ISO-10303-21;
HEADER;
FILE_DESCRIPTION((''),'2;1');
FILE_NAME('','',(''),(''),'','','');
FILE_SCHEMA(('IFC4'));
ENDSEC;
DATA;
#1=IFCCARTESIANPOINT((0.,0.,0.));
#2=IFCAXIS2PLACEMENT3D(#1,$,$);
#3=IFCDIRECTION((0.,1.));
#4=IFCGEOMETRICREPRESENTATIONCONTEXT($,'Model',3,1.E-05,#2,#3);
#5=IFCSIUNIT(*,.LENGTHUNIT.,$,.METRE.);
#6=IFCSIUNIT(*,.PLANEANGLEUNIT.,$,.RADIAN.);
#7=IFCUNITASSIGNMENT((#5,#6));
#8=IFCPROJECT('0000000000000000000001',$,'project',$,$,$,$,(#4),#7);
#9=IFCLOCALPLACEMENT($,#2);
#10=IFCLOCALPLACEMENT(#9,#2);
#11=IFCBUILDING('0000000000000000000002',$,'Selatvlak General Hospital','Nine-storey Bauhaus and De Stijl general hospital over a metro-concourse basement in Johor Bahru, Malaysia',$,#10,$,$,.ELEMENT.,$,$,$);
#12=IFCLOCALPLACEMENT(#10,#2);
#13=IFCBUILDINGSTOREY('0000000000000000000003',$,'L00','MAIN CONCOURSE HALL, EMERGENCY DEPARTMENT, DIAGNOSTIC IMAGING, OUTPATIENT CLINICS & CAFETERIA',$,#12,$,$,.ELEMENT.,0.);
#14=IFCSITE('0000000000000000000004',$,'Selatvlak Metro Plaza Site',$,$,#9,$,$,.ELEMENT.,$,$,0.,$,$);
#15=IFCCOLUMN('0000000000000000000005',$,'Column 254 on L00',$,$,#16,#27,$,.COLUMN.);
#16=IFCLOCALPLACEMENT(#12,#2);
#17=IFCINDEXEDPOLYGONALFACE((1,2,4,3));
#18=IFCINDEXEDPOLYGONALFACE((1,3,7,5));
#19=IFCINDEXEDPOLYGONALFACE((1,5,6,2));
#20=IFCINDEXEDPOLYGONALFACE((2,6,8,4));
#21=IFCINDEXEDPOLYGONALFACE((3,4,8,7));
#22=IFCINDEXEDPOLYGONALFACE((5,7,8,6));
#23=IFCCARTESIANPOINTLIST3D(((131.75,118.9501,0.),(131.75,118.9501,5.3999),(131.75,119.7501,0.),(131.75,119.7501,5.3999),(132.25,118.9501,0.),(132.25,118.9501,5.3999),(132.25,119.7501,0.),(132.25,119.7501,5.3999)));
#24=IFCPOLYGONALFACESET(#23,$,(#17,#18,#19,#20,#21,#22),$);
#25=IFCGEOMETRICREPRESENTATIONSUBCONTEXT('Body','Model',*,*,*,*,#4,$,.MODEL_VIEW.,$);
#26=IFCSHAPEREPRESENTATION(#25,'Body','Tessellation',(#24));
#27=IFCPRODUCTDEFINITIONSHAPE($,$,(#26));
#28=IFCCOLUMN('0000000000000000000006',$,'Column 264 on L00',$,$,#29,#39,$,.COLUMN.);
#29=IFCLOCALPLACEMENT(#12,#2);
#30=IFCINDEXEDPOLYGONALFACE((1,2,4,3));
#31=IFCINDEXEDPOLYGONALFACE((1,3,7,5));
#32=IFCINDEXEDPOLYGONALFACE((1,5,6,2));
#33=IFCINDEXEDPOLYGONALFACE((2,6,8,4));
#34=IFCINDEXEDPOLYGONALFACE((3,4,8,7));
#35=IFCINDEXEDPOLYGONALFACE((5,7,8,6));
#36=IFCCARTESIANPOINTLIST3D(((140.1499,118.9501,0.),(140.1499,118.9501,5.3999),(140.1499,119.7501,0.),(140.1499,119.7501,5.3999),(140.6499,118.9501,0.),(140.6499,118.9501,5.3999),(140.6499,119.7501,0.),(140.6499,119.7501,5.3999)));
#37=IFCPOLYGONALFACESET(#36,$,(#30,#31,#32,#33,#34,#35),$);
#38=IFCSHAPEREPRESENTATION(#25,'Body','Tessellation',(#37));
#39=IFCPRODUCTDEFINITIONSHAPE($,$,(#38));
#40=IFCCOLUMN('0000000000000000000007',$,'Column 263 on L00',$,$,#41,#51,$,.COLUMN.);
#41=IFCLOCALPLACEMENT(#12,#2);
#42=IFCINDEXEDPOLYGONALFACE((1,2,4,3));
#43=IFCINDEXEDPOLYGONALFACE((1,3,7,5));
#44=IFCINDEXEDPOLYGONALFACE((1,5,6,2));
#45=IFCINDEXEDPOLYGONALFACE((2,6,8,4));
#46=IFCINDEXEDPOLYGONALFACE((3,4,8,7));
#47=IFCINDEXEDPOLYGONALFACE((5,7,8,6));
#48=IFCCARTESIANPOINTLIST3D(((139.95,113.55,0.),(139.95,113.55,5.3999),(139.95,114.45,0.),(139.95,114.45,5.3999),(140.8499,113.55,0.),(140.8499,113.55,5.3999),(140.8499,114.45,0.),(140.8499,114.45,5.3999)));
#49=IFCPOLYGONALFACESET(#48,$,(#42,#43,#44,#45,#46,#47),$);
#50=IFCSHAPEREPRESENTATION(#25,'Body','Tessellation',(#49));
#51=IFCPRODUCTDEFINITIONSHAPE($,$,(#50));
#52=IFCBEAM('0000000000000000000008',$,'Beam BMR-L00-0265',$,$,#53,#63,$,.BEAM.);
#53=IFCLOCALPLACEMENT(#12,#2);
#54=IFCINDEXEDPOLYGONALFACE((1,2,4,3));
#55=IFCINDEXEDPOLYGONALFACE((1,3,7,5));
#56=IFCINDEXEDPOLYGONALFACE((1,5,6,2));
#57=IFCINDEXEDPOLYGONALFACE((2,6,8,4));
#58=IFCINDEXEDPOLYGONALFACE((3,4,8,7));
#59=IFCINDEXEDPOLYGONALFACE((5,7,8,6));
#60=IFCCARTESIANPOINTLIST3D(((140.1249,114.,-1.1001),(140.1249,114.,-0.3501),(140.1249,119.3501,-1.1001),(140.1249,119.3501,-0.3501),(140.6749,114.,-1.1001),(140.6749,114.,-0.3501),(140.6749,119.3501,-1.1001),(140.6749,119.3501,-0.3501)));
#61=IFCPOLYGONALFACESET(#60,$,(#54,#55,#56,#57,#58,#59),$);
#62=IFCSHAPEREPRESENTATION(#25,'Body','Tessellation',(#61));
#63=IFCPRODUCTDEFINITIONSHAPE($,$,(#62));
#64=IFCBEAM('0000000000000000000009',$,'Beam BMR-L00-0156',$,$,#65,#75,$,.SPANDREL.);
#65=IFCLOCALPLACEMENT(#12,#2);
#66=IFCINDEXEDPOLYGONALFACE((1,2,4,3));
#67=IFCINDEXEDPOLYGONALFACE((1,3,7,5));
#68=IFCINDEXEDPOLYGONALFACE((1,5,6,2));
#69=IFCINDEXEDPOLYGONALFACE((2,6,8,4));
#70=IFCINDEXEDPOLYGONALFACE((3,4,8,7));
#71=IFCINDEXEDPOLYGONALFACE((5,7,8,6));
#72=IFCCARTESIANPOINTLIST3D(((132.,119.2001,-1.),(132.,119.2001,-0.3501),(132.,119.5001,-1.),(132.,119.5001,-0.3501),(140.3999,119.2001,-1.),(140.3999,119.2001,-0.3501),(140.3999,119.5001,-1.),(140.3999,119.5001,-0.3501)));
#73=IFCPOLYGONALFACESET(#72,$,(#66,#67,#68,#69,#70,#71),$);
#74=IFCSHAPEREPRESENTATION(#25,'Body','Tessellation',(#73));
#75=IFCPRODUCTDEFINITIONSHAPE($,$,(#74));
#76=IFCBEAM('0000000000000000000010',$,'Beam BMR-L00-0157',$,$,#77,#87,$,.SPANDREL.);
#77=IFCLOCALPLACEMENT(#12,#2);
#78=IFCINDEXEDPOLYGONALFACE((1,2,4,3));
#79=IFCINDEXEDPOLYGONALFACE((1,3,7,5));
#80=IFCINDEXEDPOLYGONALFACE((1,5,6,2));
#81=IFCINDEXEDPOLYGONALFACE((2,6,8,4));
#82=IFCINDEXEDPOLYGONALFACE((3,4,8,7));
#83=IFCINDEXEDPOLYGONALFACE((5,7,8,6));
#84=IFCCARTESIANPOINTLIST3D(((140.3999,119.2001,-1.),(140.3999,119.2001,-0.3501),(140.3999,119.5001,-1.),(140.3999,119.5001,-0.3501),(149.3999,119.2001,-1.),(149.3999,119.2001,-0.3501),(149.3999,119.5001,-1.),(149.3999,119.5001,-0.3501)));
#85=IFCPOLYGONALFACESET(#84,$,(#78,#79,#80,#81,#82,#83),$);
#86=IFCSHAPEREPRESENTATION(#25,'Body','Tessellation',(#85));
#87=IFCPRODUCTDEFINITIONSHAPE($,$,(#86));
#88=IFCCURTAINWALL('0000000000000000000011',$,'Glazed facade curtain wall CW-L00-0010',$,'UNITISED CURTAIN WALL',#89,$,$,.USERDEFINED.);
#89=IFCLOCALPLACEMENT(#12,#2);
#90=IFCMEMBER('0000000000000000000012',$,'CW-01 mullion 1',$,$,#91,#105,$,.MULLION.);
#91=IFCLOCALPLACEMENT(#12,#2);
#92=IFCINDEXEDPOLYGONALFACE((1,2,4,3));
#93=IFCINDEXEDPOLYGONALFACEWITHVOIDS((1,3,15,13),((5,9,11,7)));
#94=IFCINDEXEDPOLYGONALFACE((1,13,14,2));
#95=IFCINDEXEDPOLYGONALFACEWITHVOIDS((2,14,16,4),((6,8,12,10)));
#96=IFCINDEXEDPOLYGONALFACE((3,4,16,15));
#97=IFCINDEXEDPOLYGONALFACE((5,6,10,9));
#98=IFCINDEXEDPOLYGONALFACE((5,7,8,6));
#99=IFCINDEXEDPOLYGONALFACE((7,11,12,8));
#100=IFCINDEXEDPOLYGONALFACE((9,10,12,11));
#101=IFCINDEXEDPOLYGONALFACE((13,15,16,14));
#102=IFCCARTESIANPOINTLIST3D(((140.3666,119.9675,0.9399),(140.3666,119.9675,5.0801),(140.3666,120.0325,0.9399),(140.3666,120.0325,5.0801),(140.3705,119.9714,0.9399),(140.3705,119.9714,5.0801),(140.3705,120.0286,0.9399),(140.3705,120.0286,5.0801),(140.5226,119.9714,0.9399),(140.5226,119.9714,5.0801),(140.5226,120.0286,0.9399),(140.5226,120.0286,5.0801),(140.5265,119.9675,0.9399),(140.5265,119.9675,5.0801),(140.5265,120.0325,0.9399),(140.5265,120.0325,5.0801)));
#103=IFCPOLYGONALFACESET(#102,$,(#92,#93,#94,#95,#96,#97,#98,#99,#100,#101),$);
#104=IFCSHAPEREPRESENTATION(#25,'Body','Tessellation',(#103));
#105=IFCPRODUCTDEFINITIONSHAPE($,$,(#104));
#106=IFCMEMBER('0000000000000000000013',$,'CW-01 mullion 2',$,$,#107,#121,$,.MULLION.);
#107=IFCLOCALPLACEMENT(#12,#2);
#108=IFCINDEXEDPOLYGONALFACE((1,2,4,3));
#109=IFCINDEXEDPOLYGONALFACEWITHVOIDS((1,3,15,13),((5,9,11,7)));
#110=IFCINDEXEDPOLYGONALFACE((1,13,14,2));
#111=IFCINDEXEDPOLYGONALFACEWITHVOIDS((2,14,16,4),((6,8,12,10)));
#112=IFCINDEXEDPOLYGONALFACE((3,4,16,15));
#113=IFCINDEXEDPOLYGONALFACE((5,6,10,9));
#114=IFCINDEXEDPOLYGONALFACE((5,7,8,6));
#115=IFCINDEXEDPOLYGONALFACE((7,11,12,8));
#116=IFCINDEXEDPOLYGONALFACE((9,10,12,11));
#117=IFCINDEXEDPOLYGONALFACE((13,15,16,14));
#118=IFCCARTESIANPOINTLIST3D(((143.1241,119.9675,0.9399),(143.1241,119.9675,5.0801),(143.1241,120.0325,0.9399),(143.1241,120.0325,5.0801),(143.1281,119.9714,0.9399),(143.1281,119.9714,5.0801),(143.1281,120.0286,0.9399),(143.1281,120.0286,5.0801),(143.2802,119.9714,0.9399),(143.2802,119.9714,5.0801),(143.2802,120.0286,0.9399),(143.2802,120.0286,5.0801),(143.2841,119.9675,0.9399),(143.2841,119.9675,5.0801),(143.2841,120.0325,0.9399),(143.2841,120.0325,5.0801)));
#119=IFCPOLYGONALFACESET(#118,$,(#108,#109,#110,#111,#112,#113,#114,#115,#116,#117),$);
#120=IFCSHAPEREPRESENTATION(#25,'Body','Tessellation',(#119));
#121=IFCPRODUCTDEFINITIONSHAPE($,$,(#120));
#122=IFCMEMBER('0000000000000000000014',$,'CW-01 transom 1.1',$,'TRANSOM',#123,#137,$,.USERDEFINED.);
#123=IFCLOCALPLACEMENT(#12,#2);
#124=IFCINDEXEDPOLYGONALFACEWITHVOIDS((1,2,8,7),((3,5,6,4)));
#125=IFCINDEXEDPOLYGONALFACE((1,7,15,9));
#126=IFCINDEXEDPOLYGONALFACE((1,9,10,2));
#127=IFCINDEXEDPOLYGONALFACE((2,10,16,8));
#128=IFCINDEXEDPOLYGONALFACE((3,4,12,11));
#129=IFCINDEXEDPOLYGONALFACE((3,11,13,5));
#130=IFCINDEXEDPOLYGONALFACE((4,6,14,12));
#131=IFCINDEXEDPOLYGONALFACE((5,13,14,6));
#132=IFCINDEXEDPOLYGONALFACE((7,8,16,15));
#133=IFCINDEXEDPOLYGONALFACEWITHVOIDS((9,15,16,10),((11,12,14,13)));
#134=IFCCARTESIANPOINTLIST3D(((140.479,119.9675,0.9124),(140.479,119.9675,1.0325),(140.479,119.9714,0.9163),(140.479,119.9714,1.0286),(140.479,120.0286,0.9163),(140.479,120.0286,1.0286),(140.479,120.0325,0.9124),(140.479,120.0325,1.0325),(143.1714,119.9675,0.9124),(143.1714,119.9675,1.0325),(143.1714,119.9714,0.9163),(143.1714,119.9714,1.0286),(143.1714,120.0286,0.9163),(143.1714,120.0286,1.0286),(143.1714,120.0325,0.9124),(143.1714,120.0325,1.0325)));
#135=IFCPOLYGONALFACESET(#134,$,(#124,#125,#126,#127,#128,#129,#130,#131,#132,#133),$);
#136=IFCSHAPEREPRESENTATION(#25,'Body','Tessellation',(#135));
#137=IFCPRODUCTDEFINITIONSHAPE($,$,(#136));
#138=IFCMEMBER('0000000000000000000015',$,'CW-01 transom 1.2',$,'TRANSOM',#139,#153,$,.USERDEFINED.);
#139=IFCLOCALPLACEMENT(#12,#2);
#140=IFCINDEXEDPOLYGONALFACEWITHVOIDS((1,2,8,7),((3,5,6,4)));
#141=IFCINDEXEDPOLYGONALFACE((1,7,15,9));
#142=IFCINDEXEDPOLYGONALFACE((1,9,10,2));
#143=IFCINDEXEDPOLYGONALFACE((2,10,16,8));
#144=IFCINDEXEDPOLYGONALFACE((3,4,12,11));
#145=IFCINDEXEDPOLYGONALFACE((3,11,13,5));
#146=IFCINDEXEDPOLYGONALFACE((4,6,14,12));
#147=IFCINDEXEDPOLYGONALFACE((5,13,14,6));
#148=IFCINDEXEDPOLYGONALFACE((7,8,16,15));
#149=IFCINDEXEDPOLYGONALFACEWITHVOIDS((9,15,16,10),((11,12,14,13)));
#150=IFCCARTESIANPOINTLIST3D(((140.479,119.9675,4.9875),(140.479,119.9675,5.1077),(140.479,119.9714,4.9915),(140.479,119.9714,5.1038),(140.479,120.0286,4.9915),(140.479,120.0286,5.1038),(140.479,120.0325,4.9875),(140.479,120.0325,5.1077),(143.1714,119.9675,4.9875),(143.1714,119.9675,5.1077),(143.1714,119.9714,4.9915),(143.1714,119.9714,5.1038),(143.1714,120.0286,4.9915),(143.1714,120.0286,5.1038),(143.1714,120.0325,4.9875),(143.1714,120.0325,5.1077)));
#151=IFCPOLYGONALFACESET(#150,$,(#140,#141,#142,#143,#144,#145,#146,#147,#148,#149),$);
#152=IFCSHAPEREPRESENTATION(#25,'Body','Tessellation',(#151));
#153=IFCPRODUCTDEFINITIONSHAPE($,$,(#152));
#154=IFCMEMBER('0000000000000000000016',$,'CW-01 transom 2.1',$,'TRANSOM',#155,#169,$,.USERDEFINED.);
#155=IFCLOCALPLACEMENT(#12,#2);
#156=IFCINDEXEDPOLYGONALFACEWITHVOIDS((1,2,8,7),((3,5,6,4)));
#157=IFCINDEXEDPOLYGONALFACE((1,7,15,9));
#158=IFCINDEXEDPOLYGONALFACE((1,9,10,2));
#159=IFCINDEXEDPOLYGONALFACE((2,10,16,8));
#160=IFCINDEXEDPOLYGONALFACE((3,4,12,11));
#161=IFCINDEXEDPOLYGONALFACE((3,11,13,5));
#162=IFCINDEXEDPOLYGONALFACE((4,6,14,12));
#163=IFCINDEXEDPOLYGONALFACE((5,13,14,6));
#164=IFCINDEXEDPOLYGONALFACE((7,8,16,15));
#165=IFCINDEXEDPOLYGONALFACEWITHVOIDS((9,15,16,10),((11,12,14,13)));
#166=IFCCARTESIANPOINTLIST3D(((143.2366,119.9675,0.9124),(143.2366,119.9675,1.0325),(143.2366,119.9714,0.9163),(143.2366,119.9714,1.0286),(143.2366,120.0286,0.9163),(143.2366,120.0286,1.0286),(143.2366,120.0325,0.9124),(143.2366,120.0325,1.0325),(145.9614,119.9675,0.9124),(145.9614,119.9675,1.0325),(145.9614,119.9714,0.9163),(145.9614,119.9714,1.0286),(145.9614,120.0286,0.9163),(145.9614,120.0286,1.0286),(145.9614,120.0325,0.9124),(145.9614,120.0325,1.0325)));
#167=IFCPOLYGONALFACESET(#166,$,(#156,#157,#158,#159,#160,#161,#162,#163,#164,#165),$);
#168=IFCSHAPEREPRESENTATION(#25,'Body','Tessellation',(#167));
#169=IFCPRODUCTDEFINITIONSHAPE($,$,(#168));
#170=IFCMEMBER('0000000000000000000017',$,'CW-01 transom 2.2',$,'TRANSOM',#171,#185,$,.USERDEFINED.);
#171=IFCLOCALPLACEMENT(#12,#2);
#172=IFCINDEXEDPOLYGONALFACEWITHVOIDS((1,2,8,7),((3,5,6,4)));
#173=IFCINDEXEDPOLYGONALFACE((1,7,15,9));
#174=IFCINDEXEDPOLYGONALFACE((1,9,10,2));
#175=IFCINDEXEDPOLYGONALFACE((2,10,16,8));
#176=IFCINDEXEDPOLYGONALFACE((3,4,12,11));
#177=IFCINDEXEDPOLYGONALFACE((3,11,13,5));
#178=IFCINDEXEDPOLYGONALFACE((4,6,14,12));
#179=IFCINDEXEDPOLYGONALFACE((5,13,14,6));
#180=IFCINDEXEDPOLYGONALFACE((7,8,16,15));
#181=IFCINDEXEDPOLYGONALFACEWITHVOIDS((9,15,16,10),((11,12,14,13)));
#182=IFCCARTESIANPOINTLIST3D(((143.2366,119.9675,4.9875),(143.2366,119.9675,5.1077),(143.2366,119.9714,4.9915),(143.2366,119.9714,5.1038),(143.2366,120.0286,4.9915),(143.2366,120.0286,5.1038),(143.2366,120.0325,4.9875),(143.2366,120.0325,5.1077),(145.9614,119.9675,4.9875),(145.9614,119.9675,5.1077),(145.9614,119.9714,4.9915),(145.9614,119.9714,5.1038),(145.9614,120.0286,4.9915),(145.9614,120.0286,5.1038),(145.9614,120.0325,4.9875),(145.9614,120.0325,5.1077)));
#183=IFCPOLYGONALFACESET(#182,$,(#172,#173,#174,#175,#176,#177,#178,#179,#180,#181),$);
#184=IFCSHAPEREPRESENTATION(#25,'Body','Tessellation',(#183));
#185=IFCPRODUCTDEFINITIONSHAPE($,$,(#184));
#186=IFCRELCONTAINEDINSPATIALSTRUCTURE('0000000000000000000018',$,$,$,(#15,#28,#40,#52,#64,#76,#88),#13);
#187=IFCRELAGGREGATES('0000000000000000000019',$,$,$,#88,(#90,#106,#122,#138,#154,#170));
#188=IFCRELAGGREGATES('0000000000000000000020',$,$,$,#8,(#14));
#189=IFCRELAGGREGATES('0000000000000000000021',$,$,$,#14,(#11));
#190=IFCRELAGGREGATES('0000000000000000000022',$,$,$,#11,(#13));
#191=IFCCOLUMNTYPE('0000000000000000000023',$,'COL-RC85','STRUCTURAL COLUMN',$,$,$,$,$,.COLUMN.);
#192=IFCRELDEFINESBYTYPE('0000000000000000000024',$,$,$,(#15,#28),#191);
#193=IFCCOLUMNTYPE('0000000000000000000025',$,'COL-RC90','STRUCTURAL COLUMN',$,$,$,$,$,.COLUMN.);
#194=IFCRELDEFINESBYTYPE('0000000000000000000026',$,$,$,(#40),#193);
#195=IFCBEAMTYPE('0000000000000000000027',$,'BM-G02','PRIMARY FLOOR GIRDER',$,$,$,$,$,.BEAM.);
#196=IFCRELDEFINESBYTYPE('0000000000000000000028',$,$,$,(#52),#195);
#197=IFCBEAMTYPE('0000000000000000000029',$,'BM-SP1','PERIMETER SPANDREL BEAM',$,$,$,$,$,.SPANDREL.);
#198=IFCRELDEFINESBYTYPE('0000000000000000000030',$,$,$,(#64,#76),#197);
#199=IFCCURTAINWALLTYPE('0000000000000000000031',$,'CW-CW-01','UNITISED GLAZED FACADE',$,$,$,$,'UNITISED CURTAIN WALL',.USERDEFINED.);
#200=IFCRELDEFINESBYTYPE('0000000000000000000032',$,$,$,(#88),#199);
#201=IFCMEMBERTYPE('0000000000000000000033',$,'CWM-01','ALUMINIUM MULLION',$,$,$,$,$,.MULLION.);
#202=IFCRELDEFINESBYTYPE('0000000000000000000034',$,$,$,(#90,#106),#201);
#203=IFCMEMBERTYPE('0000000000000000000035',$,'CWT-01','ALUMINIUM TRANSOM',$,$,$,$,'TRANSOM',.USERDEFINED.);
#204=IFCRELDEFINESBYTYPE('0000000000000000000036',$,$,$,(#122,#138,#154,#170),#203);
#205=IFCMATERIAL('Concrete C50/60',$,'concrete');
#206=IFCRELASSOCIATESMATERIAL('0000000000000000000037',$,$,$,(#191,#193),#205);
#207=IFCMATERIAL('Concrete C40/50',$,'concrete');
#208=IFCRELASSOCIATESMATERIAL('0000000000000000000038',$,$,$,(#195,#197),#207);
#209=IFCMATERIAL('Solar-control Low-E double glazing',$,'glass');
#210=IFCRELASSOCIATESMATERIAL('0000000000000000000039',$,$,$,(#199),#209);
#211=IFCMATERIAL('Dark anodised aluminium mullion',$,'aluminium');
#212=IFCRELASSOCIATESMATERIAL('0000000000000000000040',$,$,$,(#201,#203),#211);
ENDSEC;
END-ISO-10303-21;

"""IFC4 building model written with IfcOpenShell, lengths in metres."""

from ifc_helpers import new_model, si_unit, direction, frame, origin, origin_2d, place, context, subcontext, project, spatial, rectangle, hollow_rectangle, extrude, material, material_profile, profile_set, type_object, element, aggregate, save


model = new_model("IFC4")

# Units and contexts
model_context = context("Model", 3, precision=1e-05, world=origin(), true_north=direction((0.0, 1.0)))
body_context = subcontext(model_context, "Body", "Model", "MODEL_VIEW")
ifc_project = project(units=[si_unit("LENGTHUNIT", "METRE"), si_unit("PLANEANGLEUNIT", "RADIAN")], contexts=[model_context])

# Site, building, storey
site_placement = place(None, origin())
site = spatial("IfcSite", under=ifc_project, at=site_placement, Name="Selatvlak Metro Plaza Site", CompositionType="ELEMENT", RefElevation=0.0)
building_placement = place(site_placement, origin())
building = spatial("IfcBuilding", under=site, at=building_placement, Name="Selatvlak General Hospital", Description="Nine-storey Bauhaus and De Stijl general hospital over a metro-concourse basement in Johor Bahru, Malaysia", CompositionType="ELEMENT")
storey_placement = place(building_placement, origin())
storey = spatial("IfcBuildingStorey", under=building, at=storey_placement, Name="L00", Description="MAIN CONCOURSE HALL, EMERGENCY DEPARTMENT, DIAGNOSTIC IMAGING, OUTPATIENT CLINICS & CAFETERIA", CompositionType="ELEMENT", Elevation=0.0)

# Columns
ifc_material_1 = material(Name="Concrete C50/60", Category="concrete")
ifc_material_profile_1 = material_profile(ifc_material_1, rectangle(XDim=0.5, YDim=0.8, at=origin_2d()), Name="RC-COL 800x500")
ifc_profile_set_1 = profile_set([ifc_material_profile_1], Name="Concrete C50/60")
column_type_1 = type_object("IfcColumnType", Name="COL-RC85", Description="STRUCTURAL COLUMN", PredefinedType="COLUMN", material=ifc_profile_set_1)
for number, where, z_axis, x_axis, name in (
    (1, (132.0, 119.3501, 0.0), (0.0, 0.0, 1.0), (1.0, 0.0, 0.0), "Column 254 on L00"),
    (2, (140.3999, 119.3501, 0.0), (0.0, 0.0, 1.0), (1.0, 0.0, 0.0), "Column 264 on L00"),
):
    element("IfcColumn", number, at=place(storey_placement, frame(where, z_axis=z_axis, x_axis=x_axis)), inside=storey, type_object=column_type_1, Name=name, PredefinedType="COLUMN", context=body_context, shape_type="SweptSolid", body=[
        extrude(rectangle(XDim=0.5, YDim=0.8, at=origin_2d()), origin(), (0.0, 0.0, 1.0), 5.3999),
    ])
ifc_material_profile_2 = material_profile(ifc_material_1, rectangle(XDim=0.8999, YDim=0.8999, at=origin_2d()), Name="RC-COL 900x900")
ifc_profile_set_2 = profile_set([ifc_material_profile_2], Name="Concrete C50/60")
column_type_2 = type_object("IfcColumnType", Name="COL-RC90", Description="STRUCTURAL COLUMN", PredefinedType="COLUMN", material=ifc_profile_set_2)
column_placement = place(storey_placement, frame((140.3999, 114.0, 0.0), z_axis=(0.0, 0.0, 1.0), x_axis=(1.0, 0.0, 0.0)))
element("IfcColumn", 3, at=column_placement, inside=storey, type_object=column_type_2, Name="Column 263 on L00", PredefinedType="COLUMN", context=body_context, shape_type="SweptSolid", body=[
    extrude(rectangle(XDim=0.8999, YDim=0.8999, at=origin_2d()), origin(), (0.0, 0.0, 1.0), 5.3999),
])

# Beams
ifc_material_2 = material(Name="Concrete C40/50", Category="concrete")
ifc_material_profile_3 = material_profile(ifc_material_2, rectangle(XDim=0.55, YDim=0.75, at=origin_2d()), Name="RC-BM 550x750")
ifc_profile_set_3 = profile_set([ifc_material_profile_3], Name="Concrete C40/50")
beam_type_1 = type_object("IfcBeamType", Name="BM-G02", Description="PRIMARY FLOOR GIRDER", PredefinedType="BEAM", material=ifc_profile_set_3)
beam_1_placement = place(storey_placement, frame((140.3999, 114.0, -0.7251), z_axis=(0.0, 1.0, 0.0), x_axis=(-1.0, 0.0, 0.0)))
element("IfcBeam", 4, at=beam_1_placement, inside=storey, type_object=beam_type_1, Name="Beam BMR-L00-0265", PredefinedType="BEAM", context=body_context, shape_type="SweptSolid", body=[
    extrude(rectangle(XDim=0.55, YDim=0.75, at=origin_2d()), origin(), (0.0, 0.0, 1.0), 5.3501),
])
ifc_material_profile_4 = material_profile(ifc_material_2, rectangle(XDim=0.3, YDim=0.6499, at=origin_2d()), Name="RC-SP 300x650")
ifc_profile_set_4 = profile_set([ifc_material_profile_4], Name="Concrete C40/50")
beam_type_2 = type_object("IfcBeamType", Name="BM-SP1", Description="PERIMETER SPANDREL BEAM", PredefinedType="SPANDREL", material=ifc_profile_set_4)
beam_2_placement = place(storey_placement, frame((132.0, 119.3501, -0.675), z_axis=(1.0, 0.0, 0.0), x_axis=(0.0, 1.0, 0.0)))
element("IfcBeam", 5, at=beam_2_placement, inside=storey, type_object=beam_type_2, Name="Beam BMR-L00-0156", PredefinedType="SPANDREL", context=body_context, shape_type="SweptSolid", body=[
    extrude(rectangle(XDim=0.3, YDim=0.6499, at=origin_2d()), origin(), (0.0, 0.0, 1.0), 8.3999),
])
beam_3_placement = place(storey_placement, frame((140.3999, 119.3501, -0.675), z_axis=(1.0, 0.0, 0.0), x_axis=(0.0, 1.0, 0.0)))
element("IfcBeam", 6, at=beam_3_placement, inside=storey, type_object=beam_type_2, Name="Beam BMR-L00-0157", PredefinedType="SPANDREL", context=body_context, shape_type="SweptSolid", body=[
    extrude(rectangle(XDim=0.3, YDim=0.6499, at=origin_2d()), origin(), (0.0, 0.0, 1.0), 9.0),
])

# Curtain wall, members
ifc_material_3 = material(Name="Solar-control Low-E double glazing", Category="glass")
curtain_wall_type = type_object("IfcCurtainWallType", Name="CW-CW-01", Description="UNITISED GLAZED FACADE", ElementType="UNITISED CURTAIN WALL", PredefinedType="USERDEFINED", material=ifc_material_3)
curtain_wall_placement = place(storey_placement, origin())
curtain_wall = element("IfcCurtainWall", 7, at=curtain_wall_placement, inside=storey, type_object=curtain_wall_type, Name="Glazed facade curtain wall CW-L00-0010", ObjectType="UNITISED CURTAIN WALL", PredefinedType="USERDEFINED")
ifc_material_4 = material(Name="Dark anodised aluminium mullion", Category="aluminium")
ifc_material_profile_5 = material_profile(ifc_material_4, hollow_rectangle(XDim=0.0649, YDim=0.1599, WallThickness=0.0039, at=origin_2d()), Name="AL-MUL 65x160x4")
ifc_profile_set_5 = profile_set([ifc_material_profile_5], Name="Dark anodised aluminium mullion")
member_type_1 = type_object("IfcMemberType", Name="CWM-01", Description="ALUMINIUM MULLION", PredefinedType="MULLION", material=ifc_profile_set_5)
member_1_placement = place(storey_placement, frame((140.4465, 120.0, 0.9399), z_axis=(0.0, 0.0, 1.0), x_axis=(0.0, 1.0, 0.0)))
member_1 = element("IfcMember", 8, at=member_1_placement, type_object=member_type_1, Name="CW-01 mullion 1", PredefinedType="MULLION", context=body_context, shape_type="SweptSolid", body=[
    extrude(hollow_rectangle(XDim=0.0649, YDim=0.1599, WallThickness=0.0039, at=origin_2d()), origin(), (0.0, 0.0, 1.0), 4.1401),
])
member_2_placement = place(storey_placement, frame((143.2041, 120.0, 0.9399), z_axis=(0.0, 0.0, 1.0), x_axis=(0.0, 1.0, 0.0)))
member_2 = element("IfcMember", 9, at=member_2_placement, type_object=member_type_1, Name="CW-01 mullion 2", PredefinedType="MULLION", context=body_context, shape_type="SweptSolid", body=[
    extrude(hollow_rectangle(XDim=0.0649, YDim=0.1599, WallThickness=0.0039, at=origin_2d()), origin(), (0.0, 0.0, 1.0), 4.1401),
])
ifc_material_profile_6 = material_profile(ifc_material_4, hollow_rectangle(XDim=0.0649, YDim=0.1201, WallThickness=0.0039, at=origin_2d()), Name="AL-TRN 65x120x4")
ifc_profile_set_6 = profile_set([ifc_material_profile_6], Name="Dark anodised aluminium mullion")
member_type_2 = type_object("IfcMemberType", Name="CWT-01", Description="ALUMINIUM TRANSOM", ElementType="TRANSOM", PredefinedType="USERDEFINED", material=ifc_profile_set_6)
member_3_placement = place(storey_placement, frame((140.479, 120.0, 0.9724), z_axis=(1.0, 0.0, 0.0), x_axis=(0.0, 1.0, 0.0)))
member_3 = element("IfcMember", 10, at=member_3_placement, type_object=member_type_2, Name="CW-01 transom 1.1", ObjectType="TRANSOM", PredefinedType="USERDEFINED", context=body_context, shape_type="SweptSolid", body=[
    extrude(hollow_rectangle(XDim=0.0649, YDim=0.1201, WallThickness=0.0039, at=origin_2d()), origin(), (0.0, 0.0, 1.0), 2.6924),
])
member_4_placement = place(storey_placement, frame((140.479, 120.0, 5.0476), z_axis=(1.0, 0.0, 0.0), x_axis=(0.0, 1.0, 0.0)))
member_4 = element("IfcMember", 11, at=member_4_placement, type_object=member_type_2, Name="CW-01 transom 1.2", ObjectType="TRANSOM", PredefinedType="USERDEFINED", context=body_context, shape_type="SweptSolid", body=[
    extrude(hollow_rectangle(XDim=0.0649, YDim=0.1201, WallThickness=0.0039, at=origin_2d()), origin(), (0.0, 0.0, 1.0), 2.6924),
])
member_5_placement = place(storey_placement, frame((143.2366, 120.0, 0.9724), z_axis=(1.0, 0.0, 0.0), x_axis=(0.0, 1.0, 0.0)))
member_5 = element("IfcMember", 12, at=member_5_placement, type_object=member_type_2, Name="CW-01 transom 2.1", ObjectType="TRANSOM", PredefinedType="USERDEFINED", context=body_context, shape_type="SweptSolid", body=[
    extrude(hollow_rectangle(XDim=0.0649, YDim=0.1201, WallThickness=0.0039, at=origin_2d()), origin(), (0.0, 0.0, 1.0), 2.7249),
])
member_6_placement = place(storey_placement, frame((143.2366, 120.0, 5.0476), z_axis=(1.0, 0.0, 0.0), x_axis=(0.0, 1.0, 0.0)))
member_6 = element("IfcMember", 13, at=member_6_placement, type_object=member_type_2, Name="CW-01 transom 2.2", ObjectType="TRANSOM", PredefinedType="USERDEFINED", context=body_context, shape_type="SweptSolid", body=[
    extrude(hollow_rectangle(XDim=0.0649, YDim=0.1201, WallThickness=0.0039, at=origin_2d()), origin(), (0.0, 0.0, 1.0), 2.7249),
])
aggregate(curtain_wall, [member_1, member_2, member_3, member_4, member_5, member_6])

save(model, "model.ifc")
